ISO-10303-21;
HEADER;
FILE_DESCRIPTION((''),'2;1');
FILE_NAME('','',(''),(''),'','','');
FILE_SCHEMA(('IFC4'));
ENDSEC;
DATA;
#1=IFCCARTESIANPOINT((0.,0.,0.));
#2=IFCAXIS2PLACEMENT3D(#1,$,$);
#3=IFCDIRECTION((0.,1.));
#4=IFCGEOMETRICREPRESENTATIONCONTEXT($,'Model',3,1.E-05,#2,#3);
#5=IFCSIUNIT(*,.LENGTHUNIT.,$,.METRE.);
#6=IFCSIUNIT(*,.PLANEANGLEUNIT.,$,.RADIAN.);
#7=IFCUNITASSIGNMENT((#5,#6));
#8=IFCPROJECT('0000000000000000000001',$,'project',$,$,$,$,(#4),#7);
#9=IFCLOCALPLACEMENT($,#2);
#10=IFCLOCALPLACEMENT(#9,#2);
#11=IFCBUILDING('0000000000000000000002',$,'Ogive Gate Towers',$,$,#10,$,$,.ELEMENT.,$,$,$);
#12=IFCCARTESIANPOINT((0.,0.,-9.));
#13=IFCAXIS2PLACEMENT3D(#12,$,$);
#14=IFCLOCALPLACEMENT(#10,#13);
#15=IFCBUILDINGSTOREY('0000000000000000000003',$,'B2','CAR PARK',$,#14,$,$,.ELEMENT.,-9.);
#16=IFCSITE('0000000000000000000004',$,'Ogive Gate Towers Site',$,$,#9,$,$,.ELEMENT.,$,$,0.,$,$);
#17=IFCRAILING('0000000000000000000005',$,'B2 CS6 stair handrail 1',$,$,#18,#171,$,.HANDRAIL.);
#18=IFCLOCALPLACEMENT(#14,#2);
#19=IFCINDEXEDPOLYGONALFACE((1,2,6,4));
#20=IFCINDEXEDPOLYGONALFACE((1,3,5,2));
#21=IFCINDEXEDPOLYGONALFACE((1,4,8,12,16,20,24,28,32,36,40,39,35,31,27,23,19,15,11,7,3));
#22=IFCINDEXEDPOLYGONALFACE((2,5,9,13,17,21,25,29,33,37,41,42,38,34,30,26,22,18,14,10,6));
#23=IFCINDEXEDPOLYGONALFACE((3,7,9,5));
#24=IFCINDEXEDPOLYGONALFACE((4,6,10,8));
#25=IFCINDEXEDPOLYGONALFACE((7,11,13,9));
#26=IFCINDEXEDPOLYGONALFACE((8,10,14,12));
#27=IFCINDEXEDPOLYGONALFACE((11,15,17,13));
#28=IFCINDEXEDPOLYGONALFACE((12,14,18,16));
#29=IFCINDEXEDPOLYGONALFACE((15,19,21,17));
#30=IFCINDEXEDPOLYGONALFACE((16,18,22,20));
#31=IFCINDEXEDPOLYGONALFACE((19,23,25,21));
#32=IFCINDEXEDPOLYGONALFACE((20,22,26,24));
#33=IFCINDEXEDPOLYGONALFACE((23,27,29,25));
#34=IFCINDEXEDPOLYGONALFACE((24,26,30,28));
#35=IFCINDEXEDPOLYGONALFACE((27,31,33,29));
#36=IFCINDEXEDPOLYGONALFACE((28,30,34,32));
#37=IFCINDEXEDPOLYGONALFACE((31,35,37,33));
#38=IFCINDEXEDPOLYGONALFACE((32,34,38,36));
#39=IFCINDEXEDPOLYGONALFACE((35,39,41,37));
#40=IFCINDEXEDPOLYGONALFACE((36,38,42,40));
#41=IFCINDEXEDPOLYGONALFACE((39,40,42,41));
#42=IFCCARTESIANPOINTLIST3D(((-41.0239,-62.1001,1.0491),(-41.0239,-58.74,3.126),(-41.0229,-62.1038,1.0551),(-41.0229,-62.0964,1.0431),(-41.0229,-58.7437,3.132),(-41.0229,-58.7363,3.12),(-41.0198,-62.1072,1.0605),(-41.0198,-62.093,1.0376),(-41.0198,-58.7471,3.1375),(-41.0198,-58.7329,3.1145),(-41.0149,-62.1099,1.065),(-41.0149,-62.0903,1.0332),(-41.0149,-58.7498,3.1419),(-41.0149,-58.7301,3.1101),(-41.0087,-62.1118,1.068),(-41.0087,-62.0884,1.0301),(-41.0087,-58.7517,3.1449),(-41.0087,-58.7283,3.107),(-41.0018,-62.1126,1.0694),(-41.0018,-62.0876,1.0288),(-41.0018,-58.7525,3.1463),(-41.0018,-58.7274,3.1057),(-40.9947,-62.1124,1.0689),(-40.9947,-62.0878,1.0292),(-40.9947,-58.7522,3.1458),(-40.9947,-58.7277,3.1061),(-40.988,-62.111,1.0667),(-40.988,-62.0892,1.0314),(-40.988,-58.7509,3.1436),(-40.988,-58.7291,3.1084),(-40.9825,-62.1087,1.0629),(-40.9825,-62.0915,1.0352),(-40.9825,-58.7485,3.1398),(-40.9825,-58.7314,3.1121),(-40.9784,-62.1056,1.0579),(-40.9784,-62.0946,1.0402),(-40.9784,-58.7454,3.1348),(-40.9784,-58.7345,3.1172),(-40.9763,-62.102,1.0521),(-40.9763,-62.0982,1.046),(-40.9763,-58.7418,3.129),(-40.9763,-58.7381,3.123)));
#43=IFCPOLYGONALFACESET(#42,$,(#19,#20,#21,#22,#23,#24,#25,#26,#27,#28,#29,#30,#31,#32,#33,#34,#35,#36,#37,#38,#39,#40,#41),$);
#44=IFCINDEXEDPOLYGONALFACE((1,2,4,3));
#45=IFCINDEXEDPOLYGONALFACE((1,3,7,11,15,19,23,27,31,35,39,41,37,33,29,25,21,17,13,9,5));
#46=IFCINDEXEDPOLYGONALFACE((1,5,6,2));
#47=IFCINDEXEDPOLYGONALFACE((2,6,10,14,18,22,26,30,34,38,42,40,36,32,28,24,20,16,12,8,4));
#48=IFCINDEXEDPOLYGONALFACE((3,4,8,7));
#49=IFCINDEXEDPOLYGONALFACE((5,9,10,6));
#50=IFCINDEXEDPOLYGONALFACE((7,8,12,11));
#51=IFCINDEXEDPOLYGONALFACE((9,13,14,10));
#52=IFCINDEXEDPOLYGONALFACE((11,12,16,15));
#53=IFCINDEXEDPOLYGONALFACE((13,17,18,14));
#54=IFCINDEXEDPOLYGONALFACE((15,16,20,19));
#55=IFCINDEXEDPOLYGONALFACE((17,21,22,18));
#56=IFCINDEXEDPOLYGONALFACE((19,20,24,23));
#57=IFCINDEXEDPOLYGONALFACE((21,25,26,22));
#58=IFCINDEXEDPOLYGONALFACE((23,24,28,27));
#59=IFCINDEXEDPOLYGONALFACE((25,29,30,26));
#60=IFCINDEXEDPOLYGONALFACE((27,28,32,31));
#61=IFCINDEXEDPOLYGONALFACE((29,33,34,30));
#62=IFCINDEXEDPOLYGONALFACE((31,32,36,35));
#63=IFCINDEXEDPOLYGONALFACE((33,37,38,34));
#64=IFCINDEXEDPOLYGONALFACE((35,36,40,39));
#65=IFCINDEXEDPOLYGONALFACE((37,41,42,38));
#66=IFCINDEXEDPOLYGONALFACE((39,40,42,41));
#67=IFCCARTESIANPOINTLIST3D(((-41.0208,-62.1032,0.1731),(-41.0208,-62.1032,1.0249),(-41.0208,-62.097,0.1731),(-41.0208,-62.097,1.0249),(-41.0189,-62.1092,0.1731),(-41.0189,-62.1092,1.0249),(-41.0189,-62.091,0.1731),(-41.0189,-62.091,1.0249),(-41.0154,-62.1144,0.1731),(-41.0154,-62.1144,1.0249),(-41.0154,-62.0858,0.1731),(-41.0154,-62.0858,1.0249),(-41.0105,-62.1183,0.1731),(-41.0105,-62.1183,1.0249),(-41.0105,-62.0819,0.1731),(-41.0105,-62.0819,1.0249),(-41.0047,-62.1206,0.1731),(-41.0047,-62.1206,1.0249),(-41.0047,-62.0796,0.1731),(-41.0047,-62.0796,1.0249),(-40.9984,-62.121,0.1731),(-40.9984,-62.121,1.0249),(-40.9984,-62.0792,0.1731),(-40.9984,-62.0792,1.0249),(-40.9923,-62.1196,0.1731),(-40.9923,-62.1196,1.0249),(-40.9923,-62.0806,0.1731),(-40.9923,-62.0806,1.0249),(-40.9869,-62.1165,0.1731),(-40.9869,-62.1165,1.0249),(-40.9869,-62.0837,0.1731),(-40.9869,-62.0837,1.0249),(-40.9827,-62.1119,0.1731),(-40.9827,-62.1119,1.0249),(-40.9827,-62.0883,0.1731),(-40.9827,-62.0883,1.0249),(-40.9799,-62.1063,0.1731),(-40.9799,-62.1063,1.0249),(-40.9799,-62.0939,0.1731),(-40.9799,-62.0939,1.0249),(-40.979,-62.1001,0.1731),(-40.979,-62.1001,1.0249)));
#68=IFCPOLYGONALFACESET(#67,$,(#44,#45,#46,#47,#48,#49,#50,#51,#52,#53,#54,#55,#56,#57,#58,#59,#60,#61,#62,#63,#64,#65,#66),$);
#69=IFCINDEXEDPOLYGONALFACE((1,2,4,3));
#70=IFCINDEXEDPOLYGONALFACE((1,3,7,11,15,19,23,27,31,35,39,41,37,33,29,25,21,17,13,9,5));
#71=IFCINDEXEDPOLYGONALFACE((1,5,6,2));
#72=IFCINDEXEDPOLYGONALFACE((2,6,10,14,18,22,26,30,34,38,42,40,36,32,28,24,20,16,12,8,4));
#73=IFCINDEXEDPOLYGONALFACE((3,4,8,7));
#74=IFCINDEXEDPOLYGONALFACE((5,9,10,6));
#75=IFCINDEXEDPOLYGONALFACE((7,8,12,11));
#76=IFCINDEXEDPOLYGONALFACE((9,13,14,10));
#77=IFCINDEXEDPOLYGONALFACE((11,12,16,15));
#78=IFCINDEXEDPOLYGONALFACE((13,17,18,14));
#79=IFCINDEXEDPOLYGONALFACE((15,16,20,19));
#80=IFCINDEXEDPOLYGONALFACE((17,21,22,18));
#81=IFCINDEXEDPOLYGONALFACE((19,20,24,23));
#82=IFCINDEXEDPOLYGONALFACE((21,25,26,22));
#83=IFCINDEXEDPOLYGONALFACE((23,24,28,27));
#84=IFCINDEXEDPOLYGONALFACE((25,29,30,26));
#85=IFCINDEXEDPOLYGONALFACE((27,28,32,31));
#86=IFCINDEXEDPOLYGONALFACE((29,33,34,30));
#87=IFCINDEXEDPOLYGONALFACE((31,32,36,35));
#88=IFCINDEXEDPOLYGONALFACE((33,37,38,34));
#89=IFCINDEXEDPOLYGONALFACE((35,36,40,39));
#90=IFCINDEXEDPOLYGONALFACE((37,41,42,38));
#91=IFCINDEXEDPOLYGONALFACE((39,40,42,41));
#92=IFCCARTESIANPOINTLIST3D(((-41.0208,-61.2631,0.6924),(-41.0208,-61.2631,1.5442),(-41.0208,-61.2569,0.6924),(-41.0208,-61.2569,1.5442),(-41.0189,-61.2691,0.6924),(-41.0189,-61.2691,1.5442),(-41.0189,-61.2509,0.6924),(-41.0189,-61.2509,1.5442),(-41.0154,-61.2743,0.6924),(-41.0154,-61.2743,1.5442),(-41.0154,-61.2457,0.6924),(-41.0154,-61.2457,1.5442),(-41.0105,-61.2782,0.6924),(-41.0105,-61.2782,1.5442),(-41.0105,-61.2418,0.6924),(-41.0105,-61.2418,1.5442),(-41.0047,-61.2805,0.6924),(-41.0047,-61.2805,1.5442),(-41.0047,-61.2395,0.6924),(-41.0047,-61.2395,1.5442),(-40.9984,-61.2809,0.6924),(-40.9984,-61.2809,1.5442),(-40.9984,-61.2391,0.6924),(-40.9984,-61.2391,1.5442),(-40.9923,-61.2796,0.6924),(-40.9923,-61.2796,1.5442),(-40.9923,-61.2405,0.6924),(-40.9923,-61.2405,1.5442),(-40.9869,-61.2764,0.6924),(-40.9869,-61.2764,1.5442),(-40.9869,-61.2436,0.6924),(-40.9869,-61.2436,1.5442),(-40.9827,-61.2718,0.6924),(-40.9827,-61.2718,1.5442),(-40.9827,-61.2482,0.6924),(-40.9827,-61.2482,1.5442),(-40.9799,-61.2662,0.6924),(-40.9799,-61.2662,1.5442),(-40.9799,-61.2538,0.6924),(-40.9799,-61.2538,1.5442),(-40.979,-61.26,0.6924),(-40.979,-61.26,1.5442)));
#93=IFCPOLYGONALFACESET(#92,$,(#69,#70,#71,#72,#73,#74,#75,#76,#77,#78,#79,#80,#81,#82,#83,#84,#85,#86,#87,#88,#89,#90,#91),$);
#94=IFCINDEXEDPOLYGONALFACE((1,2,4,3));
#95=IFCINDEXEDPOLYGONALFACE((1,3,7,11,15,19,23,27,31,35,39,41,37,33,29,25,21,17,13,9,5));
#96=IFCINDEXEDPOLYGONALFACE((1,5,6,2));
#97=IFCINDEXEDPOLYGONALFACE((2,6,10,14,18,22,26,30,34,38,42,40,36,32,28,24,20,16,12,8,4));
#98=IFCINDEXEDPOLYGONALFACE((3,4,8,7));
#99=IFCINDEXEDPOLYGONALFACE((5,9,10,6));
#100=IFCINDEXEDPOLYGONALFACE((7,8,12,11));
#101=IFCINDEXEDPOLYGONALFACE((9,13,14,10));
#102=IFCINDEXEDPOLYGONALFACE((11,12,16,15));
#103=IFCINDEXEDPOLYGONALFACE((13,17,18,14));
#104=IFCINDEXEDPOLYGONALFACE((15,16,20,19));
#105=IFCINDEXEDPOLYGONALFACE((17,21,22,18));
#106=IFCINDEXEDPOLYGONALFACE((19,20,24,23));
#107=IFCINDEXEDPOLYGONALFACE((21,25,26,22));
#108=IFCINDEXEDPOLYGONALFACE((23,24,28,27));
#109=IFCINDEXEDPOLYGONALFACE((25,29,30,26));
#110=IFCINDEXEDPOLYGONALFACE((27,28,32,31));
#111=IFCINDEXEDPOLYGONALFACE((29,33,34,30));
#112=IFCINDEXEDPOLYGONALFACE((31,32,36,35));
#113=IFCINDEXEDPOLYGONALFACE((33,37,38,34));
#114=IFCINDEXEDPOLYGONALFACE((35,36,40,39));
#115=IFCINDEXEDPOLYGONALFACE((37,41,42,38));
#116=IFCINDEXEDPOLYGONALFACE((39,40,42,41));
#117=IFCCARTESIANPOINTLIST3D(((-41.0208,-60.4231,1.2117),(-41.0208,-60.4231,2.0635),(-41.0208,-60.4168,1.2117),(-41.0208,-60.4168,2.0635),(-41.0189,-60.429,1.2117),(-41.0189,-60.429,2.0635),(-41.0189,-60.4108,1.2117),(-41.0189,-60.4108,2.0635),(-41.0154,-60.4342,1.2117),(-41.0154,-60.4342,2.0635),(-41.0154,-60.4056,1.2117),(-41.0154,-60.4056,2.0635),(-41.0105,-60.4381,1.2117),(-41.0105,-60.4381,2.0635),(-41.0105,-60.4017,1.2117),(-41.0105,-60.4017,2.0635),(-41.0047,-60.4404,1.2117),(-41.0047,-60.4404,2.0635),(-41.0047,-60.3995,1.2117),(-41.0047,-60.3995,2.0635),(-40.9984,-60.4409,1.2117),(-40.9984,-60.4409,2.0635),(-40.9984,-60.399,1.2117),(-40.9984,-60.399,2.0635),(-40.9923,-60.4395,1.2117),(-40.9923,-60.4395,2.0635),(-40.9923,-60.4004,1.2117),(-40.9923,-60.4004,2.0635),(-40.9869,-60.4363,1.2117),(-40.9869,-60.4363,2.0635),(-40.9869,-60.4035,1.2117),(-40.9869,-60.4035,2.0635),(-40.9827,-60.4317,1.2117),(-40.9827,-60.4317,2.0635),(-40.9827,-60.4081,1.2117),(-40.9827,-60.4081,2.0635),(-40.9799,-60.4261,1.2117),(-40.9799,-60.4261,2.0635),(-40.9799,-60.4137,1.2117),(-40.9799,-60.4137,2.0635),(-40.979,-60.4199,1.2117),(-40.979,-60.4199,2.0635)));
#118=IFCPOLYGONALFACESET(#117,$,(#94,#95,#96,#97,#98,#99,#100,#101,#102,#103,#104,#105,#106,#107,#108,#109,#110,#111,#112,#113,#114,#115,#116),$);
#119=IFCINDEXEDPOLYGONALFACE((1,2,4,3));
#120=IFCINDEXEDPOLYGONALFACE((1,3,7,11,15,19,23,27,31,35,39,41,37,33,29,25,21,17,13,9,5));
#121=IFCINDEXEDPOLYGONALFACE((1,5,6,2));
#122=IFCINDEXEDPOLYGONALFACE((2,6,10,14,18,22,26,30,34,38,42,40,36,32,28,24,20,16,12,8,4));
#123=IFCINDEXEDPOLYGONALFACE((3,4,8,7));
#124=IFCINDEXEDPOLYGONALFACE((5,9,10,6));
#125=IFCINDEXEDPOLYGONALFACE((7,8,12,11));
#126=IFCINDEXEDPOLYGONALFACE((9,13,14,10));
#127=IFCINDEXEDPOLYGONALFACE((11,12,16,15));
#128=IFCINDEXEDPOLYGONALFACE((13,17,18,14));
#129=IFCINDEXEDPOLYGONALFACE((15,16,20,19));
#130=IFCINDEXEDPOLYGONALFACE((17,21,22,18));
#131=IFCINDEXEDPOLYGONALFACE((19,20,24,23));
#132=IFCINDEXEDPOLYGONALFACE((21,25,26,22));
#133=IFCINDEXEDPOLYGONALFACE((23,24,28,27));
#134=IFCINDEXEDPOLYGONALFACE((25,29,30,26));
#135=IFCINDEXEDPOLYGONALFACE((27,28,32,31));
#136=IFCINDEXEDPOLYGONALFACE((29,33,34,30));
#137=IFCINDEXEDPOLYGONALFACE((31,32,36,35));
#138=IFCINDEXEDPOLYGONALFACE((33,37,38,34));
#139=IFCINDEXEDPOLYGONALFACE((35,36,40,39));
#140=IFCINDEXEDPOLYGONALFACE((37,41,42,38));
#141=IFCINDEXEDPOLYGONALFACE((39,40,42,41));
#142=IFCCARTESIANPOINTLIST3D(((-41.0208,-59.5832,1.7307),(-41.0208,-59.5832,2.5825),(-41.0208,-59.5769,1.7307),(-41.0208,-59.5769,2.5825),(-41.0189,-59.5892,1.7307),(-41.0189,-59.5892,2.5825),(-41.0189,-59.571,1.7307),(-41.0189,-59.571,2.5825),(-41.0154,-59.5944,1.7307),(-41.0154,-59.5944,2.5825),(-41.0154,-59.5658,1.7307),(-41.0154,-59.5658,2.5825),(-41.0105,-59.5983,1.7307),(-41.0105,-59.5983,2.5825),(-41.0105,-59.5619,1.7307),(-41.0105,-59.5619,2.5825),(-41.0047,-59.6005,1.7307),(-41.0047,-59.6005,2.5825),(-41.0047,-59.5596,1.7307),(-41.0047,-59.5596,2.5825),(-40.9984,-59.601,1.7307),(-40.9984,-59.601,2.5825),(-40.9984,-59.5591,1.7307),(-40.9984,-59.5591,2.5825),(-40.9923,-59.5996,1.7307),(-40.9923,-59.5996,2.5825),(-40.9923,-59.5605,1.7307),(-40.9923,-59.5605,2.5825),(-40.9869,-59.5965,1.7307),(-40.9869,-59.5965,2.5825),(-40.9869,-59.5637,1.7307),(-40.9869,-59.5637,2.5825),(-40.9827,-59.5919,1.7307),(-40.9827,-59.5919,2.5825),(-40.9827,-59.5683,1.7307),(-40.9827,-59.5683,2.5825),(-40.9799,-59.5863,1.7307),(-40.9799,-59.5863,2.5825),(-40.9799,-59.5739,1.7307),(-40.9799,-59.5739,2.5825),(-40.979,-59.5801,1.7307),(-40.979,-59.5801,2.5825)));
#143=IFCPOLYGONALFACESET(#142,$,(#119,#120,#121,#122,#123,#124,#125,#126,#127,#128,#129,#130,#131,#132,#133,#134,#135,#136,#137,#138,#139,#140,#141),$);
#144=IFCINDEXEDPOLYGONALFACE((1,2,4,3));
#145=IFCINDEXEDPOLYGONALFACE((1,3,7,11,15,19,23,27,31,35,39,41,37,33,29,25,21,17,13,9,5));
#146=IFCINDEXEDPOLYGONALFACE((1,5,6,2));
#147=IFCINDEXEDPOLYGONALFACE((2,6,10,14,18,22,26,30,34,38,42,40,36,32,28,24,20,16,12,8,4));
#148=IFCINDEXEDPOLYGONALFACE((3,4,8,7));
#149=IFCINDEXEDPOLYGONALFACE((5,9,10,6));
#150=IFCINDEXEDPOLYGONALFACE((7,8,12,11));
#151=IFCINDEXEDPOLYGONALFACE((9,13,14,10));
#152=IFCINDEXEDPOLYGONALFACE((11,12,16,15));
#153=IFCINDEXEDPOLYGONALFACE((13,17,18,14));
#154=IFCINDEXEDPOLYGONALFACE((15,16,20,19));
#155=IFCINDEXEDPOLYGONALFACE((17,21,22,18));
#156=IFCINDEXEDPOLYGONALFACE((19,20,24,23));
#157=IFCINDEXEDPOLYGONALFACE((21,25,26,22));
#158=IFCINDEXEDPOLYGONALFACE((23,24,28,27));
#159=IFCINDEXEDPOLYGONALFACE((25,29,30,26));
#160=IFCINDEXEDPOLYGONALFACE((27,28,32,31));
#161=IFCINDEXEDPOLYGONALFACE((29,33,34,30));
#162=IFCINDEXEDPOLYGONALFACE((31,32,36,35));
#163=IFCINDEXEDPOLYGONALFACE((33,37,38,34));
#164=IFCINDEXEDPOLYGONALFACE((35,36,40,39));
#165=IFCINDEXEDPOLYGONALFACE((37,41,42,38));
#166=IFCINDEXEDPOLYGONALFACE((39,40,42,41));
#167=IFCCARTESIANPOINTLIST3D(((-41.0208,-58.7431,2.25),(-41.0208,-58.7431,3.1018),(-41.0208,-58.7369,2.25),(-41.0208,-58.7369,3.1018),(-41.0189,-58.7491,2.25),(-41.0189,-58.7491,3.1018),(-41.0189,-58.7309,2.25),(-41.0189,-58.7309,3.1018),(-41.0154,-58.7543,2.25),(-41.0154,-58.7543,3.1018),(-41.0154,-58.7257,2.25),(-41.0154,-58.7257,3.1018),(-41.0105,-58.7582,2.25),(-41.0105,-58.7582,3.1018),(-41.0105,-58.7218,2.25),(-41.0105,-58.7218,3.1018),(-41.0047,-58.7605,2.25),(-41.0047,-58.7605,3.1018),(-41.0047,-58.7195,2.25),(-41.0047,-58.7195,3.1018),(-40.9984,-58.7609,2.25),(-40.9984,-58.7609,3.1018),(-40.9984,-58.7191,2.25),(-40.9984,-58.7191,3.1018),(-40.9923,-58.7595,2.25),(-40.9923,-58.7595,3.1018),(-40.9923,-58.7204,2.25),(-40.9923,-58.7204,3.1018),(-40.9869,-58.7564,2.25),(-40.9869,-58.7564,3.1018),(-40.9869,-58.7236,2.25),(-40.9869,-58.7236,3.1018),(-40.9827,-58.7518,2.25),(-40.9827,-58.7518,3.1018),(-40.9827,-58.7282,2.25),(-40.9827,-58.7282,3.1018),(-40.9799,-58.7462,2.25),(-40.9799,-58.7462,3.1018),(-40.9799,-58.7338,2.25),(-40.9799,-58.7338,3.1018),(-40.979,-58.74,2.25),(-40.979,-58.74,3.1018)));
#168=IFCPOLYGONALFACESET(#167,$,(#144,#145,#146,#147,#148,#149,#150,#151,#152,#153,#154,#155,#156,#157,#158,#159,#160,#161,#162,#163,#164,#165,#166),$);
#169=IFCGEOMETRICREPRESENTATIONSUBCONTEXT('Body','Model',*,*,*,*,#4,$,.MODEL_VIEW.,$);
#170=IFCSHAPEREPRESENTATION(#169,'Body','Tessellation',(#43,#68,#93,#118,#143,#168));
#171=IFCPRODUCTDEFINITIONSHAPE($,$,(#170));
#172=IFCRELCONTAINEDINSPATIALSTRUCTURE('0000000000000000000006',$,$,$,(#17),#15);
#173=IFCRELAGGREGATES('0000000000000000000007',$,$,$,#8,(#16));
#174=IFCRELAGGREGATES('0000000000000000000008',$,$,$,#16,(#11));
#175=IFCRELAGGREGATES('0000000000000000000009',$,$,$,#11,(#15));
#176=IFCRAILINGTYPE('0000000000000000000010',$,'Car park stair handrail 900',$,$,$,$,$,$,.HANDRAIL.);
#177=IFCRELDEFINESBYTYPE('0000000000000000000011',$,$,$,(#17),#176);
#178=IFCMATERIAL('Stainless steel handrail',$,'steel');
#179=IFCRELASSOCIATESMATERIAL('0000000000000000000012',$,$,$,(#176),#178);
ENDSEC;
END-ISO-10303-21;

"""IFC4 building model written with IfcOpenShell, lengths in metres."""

from ifc_helpers import new_model, si_unit, direction, frame, origin, origin_2d, place, context, subcontext, project, spatial, circle, extrude, material, type_object, element, save


model = new_model("IFC4")

# Units and contexts
model_context = context("Model", 3, precision=1e-05, world=origin(), true_north=direction((0.0, 1.0)))
body_context = subcontext(model_context, "Body", "Model", "MODEL_VIEW")
ifc_project = project(units=[si_unit("LENGTHUNIT", "METRE"), si_unit("PLANEANGLEUNIT", "RADIAN")], contexts=[model_context])

# Site, building, storey
site_placement = place(None, origin())
site = spatial("IfcSite", under=ifc_project, at=site_placement, Name="Ogive Gate Towers Site", CompositionType="ELEMENT", RefElevation=0.0)
building_placement = place(site_placement, origin())
building = spatial("IfcBuilding", under=site, at=building_placement, Name="Ogive Gate Towers", CompositionType="ELEMENT")
storey_placement = place(building_placement, frame((0.0, 0.0, -9.0)))
storey = spatial("IfcBuildingStorey", under=building, at=storey_placement, Name="B2", Description="CAR PARK", CompositionType="ELEMENT", Elevation=-9.0)

# Railing
ifc_material_1 = material(Name="Stainless steel handrail", Category="steel")
railing_type_1 = type_object("IfcRailingType", Name="Car park stair handrail 900", PredefinedType="HANDRAIL", material=ifc_material_1)
railing_1_placement = place(storey_placement, frame((-41.0, -62.1001, 0.1731)))
element("IfcRailing", 1, at=railing_1_placement, inside=storey, type_object=railing_type_1, Name="B2 CS6 stair handrail 1", PredefinedType="HANDRAIL", context=body_context, shape_type="SweptSolid", body=[
    extrude(circle(Radius=0.0239, at=origin_2d()), frame((0.0, 0.0, 0.876), z_axis=(0.0, 0.850623, 0.525776), x_axis=(-1.0, 0.0, 0.0)), (0.0, 0.0, 1.0), 3.9502),
    extrude(circle(Radius=0.021, at=origin_2d()), origin(), (0.0, 0.0, 1.0), 0.8518),
    extrude(circle(Radius=0.021, at=origin_2d()), frame((0.0, 0.8401, 0.5193)), (0.0, 0.0, 1.0), 0.8518),
    extrude(circle(Radius=0.021, at=origin_2d()), frame((0.0, 1.6802, 1.0386)), (0.0, 0.0, 1.0), 0.8518),
    extrude(circle(Radius=0.021, at=origin_2d()), frame((0.0, 2.52, 1.5576)), (0.0, 0.0, 1.0), 0.8518),
    extrude(circle(Radius=0.021, at=origin_2d()), frame((0.0, 3.3601, 2.0769)), (0.0, 0.0, 1.0), 0.8518),
])

save(model, "model.ifc")
